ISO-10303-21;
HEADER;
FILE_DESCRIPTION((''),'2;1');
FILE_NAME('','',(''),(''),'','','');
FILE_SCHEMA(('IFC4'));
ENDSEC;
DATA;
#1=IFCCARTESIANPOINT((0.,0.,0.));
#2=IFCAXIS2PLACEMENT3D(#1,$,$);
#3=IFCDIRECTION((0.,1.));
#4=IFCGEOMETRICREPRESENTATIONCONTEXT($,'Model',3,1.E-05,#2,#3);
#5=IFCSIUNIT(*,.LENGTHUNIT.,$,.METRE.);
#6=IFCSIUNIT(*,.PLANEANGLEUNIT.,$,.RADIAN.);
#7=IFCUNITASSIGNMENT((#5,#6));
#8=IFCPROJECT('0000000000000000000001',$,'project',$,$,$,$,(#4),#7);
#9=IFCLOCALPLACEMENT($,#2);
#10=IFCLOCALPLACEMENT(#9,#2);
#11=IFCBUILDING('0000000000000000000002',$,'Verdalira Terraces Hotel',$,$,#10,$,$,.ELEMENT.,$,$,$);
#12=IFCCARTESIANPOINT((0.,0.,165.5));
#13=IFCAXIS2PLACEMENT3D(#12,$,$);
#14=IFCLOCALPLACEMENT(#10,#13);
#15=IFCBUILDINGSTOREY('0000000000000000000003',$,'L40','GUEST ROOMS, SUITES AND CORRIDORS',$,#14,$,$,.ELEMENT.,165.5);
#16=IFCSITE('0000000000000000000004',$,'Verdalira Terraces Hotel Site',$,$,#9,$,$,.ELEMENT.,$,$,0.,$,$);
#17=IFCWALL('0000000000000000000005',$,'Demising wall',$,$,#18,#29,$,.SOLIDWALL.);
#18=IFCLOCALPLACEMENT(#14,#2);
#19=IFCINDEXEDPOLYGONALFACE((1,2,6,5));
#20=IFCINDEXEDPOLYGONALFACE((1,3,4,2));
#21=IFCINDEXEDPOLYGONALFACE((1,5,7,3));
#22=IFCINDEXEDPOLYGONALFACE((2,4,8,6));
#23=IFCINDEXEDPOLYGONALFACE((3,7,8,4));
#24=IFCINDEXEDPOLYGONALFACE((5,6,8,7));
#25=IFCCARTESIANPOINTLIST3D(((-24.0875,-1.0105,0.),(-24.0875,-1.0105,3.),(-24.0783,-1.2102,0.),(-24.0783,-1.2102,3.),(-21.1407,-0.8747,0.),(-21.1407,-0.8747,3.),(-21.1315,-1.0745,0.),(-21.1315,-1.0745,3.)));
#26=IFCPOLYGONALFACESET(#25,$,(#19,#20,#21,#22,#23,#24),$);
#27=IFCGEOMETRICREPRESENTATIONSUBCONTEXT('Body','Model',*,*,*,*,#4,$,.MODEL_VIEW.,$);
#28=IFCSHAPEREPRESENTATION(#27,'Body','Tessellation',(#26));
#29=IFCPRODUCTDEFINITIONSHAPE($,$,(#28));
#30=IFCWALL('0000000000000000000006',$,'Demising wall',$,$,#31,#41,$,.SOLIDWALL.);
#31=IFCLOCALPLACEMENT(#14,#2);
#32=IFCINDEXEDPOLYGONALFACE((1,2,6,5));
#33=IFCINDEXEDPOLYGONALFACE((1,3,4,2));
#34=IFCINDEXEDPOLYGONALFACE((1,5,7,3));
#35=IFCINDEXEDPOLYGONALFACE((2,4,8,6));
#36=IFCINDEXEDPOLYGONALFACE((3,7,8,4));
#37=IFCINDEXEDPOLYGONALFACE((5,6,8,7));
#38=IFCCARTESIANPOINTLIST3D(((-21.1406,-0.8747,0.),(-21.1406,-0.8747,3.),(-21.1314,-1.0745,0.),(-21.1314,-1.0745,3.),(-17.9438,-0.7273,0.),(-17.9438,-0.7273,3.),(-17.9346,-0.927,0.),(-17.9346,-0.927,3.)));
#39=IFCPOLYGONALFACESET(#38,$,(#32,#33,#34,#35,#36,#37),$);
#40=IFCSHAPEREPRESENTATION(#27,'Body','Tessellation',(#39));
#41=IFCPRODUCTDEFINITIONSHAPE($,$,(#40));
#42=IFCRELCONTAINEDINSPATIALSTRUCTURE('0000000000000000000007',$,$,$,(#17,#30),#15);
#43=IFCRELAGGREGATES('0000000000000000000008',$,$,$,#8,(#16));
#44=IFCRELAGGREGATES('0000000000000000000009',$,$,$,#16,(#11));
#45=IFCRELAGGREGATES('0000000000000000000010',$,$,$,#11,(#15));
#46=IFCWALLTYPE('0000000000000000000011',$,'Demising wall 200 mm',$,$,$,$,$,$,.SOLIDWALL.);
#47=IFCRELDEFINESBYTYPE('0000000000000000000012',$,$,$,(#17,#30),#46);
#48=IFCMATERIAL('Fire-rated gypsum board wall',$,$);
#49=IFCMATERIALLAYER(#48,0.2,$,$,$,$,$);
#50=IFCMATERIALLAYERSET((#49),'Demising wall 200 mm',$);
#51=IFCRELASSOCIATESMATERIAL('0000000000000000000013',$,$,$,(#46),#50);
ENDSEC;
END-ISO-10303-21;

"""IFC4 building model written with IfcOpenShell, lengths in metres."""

from ifc_helpers import new_model, si_unit, direction, frame, frame_2d, origin, place, context, subcontext, project, spatial, rectangle, extrude, material, layer, layer_set, type_object, element, save


model = new_model("IFC4")

# Units and contexts
model_context = context("Model", 3, precision=1e-05, world=origin(), true_north=direction((0.0, 1.0)))
body_context = subcontext(model_context, "Body", "Model", "MODEL_VIEW")
ifc_project = project(units=[si_unit("LENGTHUNIT", "METRE"), si_unit("PLANEANGLEUNIT", "RADIAN")], contexts=[model_context])

# Site, building, storey
site_placement = place(None, origin())
site = spatial("IfcSite", under=ifc_project, at=site_placement, Name="Verdalira Terraces Hotel Site", CompositionType="ELEMENT", RefElevation=0.0)
building_placement = place(site_placement, origin())
building = spatial("IfcBuilding", under=site, at=building_placement, Name="Verdalira Terraces Hotel", CompositionType="ELEMENT")
storey_placement = place(building_placement, frame((0.0, 0.0, 165.5)))
storey = spatial("IfcBuildingStorey", under=building, at=storey_placement, Name="L40", Description="GUEST ROOMS, SUITES AND CORRIDORS", CompositionType="ELEMENT", Elevation=165.5)

# Walls
ifc_material_1 = material(Name="Fire-rated gypsum board wall")
ifc_layer_1 = layer(ifc_material_1, 0.2)
ifc_layer_set_1 = layer_set([ifc_layer_1], Name="Demising wall 200 mm")
wall_type_1 = type_object("IfcWallType", Name="Demising wall 200 mm", PredefinedType="SOLIDWALL", material=ifc_layer_set_1)
wall_1_placement = place(storey_placement, frame((-21.136, -0.9746, 0.0), z_axis=(0.0, 0.0, 1.0), x_axis=(-0.998941, -0.046016, 0.0)))
element("IfcWall", 1, at=wall_1_placement, inside=storey, type_object=wall_type_1, Name="Demising wall", PredefinedType="SOLIDWALL", context=body_context, shape_type="SweptSolid", body=[
    extrude(rectangle(XDim=2.95, YDim=0.2, at=frame_2d((1.4751, 0.0))), origin(), (0.0, 0.0, 1.0), 3.0),
])
wall_2_placement = place(storey_placement, frame((-17.9392, -0.8271, 0.0), z_axis=(0.0, 0.0, 1.0), x_axis=(-0.998938, -0.046079, 0.0)))
element("IfcWall", 2, at=wall_2_placement, inside=storey, type_object=wall_type_1, Name="Demising wall", PredefinedType="SOLIDWALL", context=body_context, shape_type="SweptSolid", body=[
    extrude(rectangle(XDim=3.2002, YDim=0.2, at=frame_2d((1.6001, 0.0))), origin(), (0.0, 0.0, 1.0), 3.0),
])

save(model, "model.ifc")
